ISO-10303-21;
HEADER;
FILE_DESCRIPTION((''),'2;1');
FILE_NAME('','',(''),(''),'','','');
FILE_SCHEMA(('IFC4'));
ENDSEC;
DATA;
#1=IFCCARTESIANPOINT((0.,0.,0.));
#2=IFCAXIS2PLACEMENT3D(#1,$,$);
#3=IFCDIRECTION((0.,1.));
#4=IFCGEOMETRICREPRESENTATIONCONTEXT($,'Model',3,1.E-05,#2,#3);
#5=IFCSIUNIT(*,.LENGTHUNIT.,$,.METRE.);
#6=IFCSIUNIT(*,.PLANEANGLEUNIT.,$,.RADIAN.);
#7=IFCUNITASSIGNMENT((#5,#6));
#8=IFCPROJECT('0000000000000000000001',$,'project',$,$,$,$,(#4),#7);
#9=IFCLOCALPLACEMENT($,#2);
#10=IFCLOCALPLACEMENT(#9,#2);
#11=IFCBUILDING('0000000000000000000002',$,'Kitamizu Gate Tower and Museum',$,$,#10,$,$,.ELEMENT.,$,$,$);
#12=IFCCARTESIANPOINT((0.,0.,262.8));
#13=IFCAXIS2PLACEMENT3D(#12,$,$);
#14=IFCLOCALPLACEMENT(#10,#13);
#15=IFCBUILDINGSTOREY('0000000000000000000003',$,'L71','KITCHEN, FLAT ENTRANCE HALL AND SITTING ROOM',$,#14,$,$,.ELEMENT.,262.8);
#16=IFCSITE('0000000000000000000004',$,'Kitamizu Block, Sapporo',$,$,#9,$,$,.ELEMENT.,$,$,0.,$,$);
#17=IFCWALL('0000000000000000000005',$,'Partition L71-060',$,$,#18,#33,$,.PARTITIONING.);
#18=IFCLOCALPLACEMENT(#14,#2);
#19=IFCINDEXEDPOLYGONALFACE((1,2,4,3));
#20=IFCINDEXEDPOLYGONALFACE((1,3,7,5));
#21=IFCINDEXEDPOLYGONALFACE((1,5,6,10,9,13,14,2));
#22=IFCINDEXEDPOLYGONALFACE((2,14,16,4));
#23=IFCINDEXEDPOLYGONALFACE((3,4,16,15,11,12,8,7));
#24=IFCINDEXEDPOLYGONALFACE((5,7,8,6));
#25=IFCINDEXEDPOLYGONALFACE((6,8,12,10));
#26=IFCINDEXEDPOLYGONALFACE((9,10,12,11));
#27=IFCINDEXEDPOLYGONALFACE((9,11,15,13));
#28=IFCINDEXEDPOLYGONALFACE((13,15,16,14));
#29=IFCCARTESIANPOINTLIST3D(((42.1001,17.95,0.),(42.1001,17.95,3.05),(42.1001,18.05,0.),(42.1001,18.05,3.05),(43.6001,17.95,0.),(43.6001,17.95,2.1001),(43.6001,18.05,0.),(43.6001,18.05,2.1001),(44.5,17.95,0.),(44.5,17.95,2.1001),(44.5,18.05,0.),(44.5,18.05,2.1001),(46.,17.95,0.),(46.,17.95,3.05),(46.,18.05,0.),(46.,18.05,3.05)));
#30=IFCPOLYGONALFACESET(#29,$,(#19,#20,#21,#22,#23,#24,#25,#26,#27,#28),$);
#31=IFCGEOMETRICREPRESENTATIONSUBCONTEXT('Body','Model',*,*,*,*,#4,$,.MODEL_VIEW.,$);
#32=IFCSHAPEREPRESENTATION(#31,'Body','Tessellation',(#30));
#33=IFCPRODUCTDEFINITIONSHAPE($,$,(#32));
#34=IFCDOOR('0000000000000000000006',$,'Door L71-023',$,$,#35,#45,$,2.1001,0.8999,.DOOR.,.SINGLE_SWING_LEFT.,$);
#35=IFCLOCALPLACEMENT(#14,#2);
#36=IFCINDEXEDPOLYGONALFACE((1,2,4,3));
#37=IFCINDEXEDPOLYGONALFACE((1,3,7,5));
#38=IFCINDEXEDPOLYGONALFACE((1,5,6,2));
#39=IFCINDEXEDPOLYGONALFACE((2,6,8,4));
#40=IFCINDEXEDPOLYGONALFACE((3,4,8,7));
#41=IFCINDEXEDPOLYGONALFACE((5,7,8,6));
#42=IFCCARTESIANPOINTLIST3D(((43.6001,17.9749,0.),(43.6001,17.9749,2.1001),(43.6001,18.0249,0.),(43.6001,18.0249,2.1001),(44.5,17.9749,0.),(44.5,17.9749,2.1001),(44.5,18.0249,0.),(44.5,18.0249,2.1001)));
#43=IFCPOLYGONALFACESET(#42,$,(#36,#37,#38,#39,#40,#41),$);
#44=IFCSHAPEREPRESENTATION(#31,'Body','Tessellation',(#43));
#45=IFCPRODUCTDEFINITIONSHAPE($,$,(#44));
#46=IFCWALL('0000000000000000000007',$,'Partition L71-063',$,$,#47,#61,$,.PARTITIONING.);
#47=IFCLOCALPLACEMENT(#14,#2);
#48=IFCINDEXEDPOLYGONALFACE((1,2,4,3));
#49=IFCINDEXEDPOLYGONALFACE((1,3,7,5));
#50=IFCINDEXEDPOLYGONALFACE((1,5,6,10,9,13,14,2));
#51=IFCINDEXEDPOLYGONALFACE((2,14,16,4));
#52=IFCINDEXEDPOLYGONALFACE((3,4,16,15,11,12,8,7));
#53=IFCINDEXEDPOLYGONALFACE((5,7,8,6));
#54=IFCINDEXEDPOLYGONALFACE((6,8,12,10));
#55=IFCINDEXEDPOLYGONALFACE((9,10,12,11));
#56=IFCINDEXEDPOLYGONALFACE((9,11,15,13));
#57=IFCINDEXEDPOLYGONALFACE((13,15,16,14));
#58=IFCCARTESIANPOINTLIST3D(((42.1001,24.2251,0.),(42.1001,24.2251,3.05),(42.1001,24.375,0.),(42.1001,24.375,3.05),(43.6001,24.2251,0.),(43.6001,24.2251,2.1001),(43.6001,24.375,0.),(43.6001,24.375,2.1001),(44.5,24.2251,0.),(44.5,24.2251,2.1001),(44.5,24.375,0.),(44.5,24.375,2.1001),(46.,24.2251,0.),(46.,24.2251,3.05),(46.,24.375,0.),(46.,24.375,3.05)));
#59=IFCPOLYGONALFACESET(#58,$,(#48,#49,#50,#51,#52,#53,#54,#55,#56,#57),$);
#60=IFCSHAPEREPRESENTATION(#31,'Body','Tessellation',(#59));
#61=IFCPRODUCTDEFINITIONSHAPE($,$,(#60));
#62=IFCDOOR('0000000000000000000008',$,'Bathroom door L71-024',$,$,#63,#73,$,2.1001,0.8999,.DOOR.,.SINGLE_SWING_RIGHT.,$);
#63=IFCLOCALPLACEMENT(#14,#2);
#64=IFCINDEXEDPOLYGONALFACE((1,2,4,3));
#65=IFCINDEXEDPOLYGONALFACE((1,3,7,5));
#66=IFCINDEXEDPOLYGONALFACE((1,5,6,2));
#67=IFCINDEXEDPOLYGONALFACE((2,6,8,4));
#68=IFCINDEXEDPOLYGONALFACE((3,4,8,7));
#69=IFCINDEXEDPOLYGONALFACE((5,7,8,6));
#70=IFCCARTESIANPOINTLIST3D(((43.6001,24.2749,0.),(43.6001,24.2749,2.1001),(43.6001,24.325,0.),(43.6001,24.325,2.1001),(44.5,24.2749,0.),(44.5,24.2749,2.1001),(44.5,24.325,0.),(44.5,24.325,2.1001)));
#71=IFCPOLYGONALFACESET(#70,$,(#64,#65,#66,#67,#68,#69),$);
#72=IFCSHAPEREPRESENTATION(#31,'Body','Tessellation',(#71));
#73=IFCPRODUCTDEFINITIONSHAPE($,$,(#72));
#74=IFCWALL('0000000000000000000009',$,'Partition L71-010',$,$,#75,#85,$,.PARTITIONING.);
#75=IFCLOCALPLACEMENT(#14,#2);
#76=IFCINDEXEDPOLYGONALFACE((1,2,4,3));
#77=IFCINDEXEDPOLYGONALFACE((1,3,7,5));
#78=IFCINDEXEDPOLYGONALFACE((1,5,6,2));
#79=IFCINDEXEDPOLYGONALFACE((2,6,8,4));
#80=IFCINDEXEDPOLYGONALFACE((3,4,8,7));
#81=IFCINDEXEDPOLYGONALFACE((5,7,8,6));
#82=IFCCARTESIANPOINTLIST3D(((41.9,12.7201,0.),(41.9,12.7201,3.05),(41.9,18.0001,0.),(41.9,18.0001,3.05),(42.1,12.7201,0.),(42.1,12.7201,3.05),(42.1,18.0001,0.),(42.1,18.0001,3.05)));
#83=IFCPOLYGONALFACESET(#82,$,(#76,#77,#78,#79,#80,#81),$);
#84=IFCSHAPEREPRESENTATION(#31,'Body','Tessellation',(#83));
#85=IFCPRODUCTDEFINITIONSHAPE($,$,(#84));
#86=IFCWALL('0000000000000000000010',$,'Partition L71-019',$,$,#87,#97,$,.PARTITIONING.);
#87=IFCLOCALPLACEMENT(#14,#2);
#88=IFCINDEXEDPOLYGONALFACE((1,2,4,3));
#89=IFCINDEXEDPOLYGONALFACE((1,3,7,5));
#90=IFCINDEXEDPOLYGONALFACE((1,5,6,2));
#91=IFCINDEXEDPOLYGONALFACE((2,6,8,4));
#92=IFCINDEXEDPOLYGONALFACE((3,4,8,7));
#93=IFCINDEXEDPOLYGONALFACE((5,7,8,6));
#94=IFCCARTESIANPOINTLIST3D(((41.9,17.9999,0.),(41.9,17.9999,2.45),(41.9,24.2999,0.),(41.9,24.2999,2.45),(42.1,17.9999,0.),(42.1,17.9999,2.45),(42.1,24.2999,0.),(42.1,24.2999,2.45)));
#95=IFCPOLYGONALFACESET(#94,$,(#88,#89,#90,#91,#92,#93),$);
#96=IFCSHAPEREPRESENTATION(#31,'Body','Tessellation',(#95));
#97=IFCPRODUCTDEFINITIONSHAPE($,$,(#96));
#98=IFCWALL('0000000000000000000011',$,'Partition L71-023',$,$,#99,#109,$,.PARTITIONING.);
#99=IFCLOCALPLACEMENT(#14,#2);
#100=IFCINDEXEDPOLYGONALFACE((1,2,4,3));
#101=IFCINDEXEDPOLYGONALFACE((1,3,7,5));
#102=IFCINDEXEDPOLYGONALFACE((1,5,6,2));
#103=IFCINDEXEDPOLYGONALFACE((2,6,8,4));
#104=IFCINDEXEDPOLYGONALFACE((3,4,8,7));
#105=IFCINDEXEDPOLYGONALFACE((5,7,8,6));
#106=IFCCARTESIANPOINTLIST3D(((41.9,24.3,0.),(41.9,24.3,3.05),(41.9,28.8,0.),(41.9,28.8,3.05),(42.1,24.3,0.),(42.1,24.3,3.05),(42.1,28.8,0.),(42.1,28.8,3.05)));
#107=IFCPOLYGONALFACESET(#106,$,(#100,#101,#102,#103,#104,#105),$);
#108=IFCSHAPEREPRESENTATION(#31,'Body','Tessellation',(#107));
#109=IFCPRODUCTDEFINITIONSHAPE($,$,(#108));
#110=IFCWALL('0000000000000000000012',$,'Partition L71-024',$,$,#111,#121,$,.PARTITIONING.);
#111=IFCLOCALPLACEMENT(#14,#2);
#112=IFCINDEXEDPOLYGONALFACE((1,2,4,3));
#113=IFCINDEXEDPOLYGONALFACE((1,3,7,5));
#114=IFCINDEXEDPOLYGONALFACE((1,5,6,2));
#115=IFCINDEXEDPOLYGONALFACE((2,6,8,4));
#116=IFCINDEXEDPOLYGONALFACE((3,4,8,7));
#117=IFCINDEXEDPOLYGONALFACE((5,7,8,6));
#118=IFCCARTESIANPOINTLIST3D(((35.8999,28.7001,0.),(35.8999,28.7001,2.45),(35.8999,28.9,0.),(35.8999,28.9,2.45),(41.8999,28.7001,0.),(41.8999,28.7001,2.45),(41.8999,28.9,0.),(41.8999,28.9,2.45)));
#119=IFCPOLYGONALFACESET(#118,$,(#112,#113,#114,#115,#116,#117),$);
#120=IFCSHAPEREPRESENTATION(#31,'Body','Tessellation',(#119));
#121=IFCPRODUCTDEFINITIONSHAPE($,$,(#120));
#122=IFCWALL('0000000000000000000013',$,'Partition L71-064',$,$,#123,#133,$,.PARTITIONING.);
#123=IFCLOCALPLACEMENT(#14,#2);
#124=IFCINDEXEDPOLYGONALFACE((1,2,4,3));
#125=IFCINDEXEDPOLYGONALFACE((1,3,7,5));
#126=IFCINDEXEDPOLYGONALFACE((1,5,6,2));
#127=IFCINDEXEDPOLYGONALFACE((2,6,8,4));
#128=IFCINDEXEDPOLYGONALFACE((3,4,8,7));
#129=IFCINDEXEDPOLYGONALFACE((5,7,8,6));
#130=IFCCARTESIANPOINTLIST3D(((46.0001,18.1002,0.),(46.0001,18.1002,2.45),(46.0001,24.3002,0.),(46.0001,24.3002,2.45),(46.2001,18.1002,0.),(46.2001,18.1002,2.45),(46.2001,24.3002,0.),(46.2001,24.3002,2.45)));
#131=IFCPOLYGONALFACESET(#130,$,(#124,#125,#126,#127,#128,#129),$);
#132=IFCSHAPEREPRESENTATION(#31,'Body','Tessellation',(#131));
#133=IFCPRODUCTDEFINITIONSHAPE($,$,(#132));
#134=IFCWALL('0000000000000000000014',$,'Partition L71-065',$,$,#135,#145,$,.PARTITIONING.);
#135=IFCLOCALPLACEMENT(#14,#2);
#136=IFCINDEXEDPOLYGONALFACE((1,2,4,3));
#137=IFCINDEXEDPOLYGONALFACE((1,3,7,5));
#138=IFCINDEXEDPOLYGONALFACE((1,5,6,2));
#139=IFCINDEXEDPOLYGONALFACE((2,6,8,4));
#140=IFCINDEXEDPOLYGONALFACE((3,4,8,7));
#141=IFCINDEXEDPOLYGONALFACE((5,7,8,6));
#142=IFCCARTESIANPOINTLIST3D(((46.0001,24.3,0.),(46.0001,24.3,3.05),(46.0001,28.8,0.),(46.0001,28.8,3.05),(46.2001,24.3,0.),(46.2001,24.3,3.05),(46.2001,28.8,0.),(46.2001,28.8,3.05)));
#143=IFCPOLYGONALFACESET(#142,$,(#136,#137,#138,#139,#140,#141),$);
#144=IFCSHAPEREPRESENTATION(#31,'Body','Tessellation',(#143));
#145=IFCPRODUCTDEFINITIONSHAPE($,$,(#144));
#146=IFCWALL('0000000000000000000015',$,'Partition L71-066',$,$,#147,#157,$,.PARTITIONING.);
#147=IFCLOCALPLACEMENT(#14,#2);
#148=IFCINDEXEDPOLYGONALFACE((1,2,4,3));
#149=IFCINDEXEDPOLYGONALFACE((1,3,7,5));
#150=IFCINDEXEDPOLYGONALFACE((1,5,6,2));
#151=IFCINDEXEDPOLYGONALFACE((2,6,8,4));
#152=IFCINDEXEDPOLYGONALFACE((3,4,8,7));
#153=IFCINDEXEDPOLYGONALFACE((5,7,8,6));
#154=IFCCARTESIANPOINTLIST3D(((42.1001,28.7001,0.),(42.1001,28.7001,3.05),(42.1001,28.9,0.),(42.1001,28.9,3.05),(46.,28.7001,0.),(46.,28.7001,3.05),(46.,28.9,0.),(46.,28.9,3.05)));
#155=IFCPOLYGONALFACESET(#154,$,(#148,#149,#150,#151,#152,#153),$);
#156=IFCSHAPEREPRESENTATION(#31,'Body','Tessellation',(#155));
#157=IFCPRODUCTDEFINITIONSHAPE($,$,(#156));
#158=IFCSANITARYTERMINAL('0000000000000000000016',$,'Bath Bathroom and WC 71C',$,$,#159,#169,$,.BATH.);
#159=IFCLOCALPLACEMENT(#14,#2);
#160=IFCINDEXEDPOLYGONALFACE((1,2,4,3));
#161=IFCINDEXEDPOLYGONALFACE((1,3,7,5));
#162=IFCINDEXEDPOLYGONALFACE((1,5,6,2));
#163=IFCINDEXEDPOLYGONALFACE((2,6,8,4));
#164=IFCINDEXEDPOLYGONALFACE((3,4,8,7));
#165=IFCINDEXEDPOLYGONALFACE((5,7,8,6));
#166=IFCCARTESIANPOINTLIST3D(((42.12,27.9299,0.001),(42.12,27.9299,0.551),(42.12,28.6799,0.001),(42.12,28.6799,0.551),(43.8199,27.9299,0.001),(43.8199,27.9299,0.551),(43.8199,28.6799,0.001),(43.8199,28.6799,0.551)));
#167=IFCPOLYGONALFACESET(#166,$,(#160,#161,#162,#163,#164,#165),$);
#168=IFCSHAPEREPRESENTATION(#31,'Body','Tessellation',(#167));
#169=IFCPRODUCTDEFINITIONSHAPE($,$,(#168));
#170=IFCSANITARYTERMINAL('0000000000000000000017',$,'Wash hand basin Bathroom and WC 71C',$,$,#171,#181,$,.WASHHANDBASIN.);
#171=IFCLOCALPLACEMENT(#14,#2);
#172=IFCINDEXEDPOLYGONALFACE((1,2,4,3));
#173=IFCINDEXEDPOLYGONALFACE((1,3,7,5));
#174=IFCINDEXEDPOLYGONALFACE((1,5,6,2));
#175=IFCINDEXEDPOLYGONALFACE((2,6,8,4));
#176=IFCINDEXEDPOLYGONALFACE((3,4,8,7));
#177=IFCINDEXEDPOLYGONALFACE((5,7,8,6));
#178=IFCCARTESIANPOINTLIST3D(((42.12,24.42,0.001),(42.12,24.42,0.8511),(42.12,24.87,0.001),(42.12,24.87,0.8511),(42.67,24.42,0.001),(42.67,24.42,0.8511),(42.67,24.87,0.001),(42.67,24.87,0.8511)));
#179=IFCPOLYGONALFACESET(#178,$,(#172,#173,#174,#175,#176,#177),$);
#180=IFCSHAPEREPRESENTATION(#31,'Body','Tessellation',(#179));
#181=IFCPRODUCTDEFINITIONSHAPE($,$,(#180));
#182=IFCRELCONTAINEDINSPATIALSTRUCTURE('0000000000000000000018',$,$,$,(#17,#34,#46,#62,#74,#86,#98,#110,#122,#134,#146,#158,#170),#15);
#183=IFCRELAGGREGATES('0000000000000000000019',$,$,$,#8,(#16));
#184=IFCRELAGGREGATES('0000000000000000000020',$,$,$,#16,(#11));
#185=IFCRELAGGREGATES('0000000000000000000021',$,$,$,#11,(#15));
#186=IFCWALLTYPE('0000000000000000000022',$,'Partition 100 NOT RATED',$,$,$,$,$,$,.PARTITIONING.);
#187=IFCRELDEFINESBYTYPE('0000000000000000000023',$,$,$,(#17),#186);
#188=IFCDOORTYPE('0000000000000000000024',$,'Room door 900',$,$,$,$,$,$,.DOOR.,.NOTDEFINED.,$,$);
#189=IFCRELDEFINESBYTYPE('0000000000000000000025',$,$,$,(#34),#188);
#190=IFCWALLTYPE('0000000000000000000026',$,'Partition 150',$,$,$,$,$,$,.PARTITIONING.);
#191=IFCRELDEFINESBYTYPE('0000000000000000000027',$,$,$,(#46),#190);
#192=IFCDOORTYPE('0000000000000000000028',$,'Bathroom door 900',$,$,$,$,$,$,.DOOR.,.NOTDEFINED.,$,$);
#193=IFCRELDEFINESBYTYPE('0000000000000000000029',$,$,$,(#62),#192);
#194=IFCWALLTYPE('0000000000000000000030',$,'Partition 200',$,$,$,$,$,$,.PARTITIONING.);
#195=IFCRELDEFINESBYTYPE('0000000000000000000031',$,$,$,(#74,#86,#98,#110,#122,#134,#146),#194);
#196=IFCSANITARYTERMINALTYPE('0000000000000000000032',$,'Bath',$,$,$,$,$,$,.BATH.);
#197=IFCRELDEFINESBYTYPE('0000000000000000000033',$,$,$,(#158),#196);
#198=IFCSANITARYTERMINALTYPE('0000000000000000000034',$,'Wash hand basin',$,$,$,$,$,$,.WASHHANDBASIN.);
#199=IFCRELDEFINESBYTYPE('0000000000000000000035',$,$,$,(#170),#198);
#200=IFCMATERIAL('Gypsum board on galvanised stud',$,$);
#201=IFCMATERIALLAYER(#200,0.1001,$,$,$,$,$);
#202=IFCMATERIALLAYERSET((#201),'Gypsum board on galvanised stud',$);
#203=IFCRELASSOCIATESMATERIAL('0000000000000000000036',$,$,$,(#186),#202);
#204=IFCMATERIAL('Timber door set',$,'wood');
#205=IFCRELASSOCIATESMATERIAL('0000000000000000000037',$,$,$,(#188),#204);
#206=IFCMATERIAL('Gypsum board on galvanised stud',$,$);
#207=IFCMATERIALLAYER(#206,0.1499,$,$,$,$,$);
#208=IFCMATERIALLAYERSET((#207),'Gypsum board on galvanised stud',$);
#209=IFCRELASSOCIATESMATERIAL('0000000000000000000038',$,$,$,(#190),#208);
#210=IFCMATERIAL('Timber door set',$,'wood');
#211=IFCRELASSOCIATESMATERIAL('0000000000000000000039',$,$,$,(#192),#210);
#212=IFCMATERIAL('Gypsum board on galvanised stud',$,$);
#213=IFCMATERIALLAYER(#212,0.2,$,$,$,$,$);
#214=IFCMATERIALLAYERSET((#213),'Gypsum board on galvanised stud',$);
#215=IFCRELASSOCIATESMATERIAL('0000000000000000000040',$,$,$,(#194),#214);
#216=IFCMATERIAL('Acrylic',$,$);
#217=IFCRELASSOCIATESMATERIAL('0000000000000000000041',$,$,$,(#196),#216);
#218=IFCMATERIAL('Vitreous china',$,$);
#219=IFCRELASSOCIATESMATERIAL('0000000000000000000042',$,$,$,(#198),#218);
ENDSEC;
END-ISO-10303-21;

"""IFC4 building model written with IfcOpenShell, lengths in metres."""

from ifc_helpers import new_model, si_unit, direction, frame, frame_2d, origin, origin_2d, place, context, subcontext, project, spatial, rectangle, extrude, material, layer, layer_set, type_object, element, fill, save


model = new_model("IFC4")

# Units and contexts
model_context = context("Model", 3, precision=1e-05, world=origin(), true_north=direction((0.0, 1.0)))
body_context = subcontext(model_context, "Body", "Model", "MODEL_VIEW")
ifc_project = project(units=[si_unit("LENGTHUNIT", "METRE"), si_unit("PLANEANGLEUNIT", "RADIAN")], contexts=[model_context])

# Site, building, storey
site_placement = place(None, origin())
site = spatial("IfcSite", under=ifc_project, at=site_placement, Name="Kitamizu Block, Sapporo", CompositionType="ELEMENT", RefElevation=0.0)
building_placement = place(site_placement, origin())
building = spatial("IfcBuilding", under=site, at=building_placement, Name="Kitamizu Gate Tower and Museum", CompositionType="ELEMENT")
storey_placement = place(building_placement, frame((0.0, 0.0, 262.8)))
storey = spatial("IfcBuildingStorey", under=building, at=storey_placement, Name="L71", Description="KITCHEN, FLAT ENTRANCE HALL AND SITTING ROOM", CompositionType="ELEMENT", Elevation=262.8)

# Shared definitions
ifc_material_1 = material(Name="Gypsum board on galvanised stud")
ifc_layer_1 = layer(ifc_material_1, 0.1001)
ifc_layer_set_1 = layer_set([ifc_layer_1], Name="Gypsum board on galvanised stud")
wall_type_1 = type_object("IfcWallType", Name="Partition 100 NOT RATED", PredefinedType="PARTITIONING", material=ifc_layer_set_1)
ifc_material_2 = material(Name="Timber door set", Category="wood")
door_type_1 = type_object("IfcDoorType", Name="Room door 900", OperationType="NOTDEFINED", PredefinedType="DOOR", material=ifc_material_2)

# Walls, openings, doors
wall_1_placement = place(storey_placement, frame((46.0, 18.0, 0.0), z_axis=(0.0, 0.0, 1.0), x_axis=(-1.0, 0.0, 0.0)))
wall_1 = element("IfcWall", 1, at=wall_1_placement, inside=storey, type_object=wall_type_1, Name="Partition L71-060", PredefinedType="PARTITIONING", context=body_context, shape_type="SweptSolid", body=[
    extrude(rectangle(XDim=3.8999, YDim=0.1001, at=frame_2d((1.95, 0.0))), origin(), (0.0, 0.0, 1.0), 3.05),
])
opening_1_placement = place(wall_1_placement, frame((1.5, 0.0, 0.0)))
opening_1 = element("IfcOpeningElement", 2, at=opening_1_placement, cuts=wall_1, PredefinedType="OPENING", context=body_context, shape_type="SweptSolid", body=[
    extrude(rectangle(XDim=0.8999, YDim=2.1001, at=frame_2d((0.45, 1.05))), frame((0.0, 0.0601, 0.0), z_axis=(0.0, -1.0, 0.0), x_axis=(1.0, 0.0, 0.0)), (0.0, 0.0, 1.0), 0.1201),
])
door_1_placement = place(opening_1_placement, frame((0.8999, 0.0, 0.0), x_axis=(-1.0, 0.0, 0.0)))
door_1 = element("IfcDoor", 3, at=door_1_placement, inside=storey, type_object=door_type_1, Name="Door L71-023", OperationType="SINGLE_SWING_LEFT", OverallHeight=2.1001, OverallWidth=0.8999, PredefinedType="DOOR", context=body_context, shape_type="SweptSolid", body=[
    extrude(rectangle(XDim=0.8999, YDim=2.1001, at=frame_2d((0.45, 1.05))), frame((0.0, 0.0249, 0.0), z_axis=(0.0, -1.0, 0.0), x_axis=(1.0, 0.0, 0.0)), (0.0, 0.0, 1.0), 0.05),
])
fill(opening_1, door_1)
ifc_material_3 = material(Name="Gypsum board on galvanised stud")
ifc_layer_2 = layer(ifc_material_3, 0.1499)
ifc_layer_set_2 = layer_set([ifc_layer_2], Name="Gypsum board on galvanised stud")
wall_type_2 = type_object("IfcWallType", Name="Partition 150", PredefinedType="PARTITIONING", material=ifc_layer_set_2)
wall_2_placement = place(storey_placement, frame((46.0, 24.3, 0.0), z_axis=(0.0, 0.0, 1.0), x_axis=(-1.0, 0.0, 0.0)))
wall_2 = element("IfcWall", 4, at=wall_2_placement, inside=storey, type_object=wall_type_2, Name="Partition L71-063", PredefinedType="PARTITIONING", context=body_context, shape_type="SweptSolid", body=[
    extrude(rectangle(XDim=3.8999, YDim=0.1499, at=frame_2d((1.95, 0.0))), origin(), (0.0, 0.0, 1.0), 3.05),
])
opening_2_placement = place(wall_2_placement, frame((1.5, 0.0, 0.0)))
opening_2 = element("IfcOpeningElement", 5, at=opening_2_placement, cuts=wall_2, PredefinedType="OPENING", context=body_context, shape_type="SweptSolid", body=[
    extrude(rectangle(XDim=0.8999, YDim=2.1001, at=frame_2d((0.45, 1.05))), frame((0.0, 0.085, 0.0), z_axis=(0.0, -1.0, 0.0), x_axis=(1.0, 0.0, 0.0)), (0.0, 0.0, 1.0), 0.1699),
])
ifc_material_4 = material(Name="Timber door set", Category="wood")
door_type_2 = type_object("IfcDoorType", Name="Bathroom door 900", OperationType="NOTDEFINED", PredefinedType="DOOR", material=ifc_material_4)
door_2_placement = place(opening_2_placement, frame((0.8999, 0.0, 0.0), x_axis=(-1.0, 0.0, 0.0)))
door_2 = element("IfcDoor", 6, at=door_2_placement, inside=storey, type_object=door_type_2, Name="Bathroom door L71-024", OperationType="SINGLE_SWING_RIGHT", OverallHeight=2.1001, OverallWidth=0.8999, PredefinedType="DOOR", context=body_context, shape_type="SweptSolid", body=[
    extrude(rectangle(XDim=0.8999, YDim=2.1001, at=frame_2d((0.45, 1.05))), frame((0.0, 0.0249, 0.0), z_axis=(0.0, -1.0, 0.0), x_axis=(1.0, 0.0, 0.0)), (0.0, 0.0, 1.0), 0.05),
])
fill(opening_2, door_2)

# Walls
ifc_material_5 = material(Name="Gypsum board on galvanised stud")
ifc_layer_3 = layer(ifc_material_5, 0.2)
ifc_layer_set_3 = layer_set([ifc_layer_3], Name="Gypsum board on galvanised stud")
wall_type_3 = type_object("IfcWallType", Name="Partition 200", PredefinedType="PARTITIONING", material=ifc_layer_set_3)
wall_3_placement = place(storey_placement, frame((42.0, 12.72, 0.0), z_axis=(0.0, 0.0, 1.0), x_axis=(0.0, 1.0, 0.0)))
element("IfcWall", 7, at=wall_3_placement, inside=storey, type_object=wall_type_3, Name="Partition L71-010", PredefinedType="PARTITIONING", context=body_context, shape_type="SweptSolid", body=[
    extrude(rectangle(XDim=5.28, YDim=0.2, at=frame_2d((2.6401, 0.0))), origin(), (0.0, 0.0, 1.0), 3.05),
])
wall_4_placement = place(storey_placement, frame((42.0, 18.0, 0.0), z_axis=(0.0, 0.0, 1.0), x_axis=(0.0, 1.0, 0.0)))
element("IfcWall", 8, at=wall_4_placement, inside=storey, type_object=wall_type_3, Name="Partition L71-019", PredefinedType="PARTITIONING", context=body_context, shape_type="SweptSolid", body=[
    extrude(rectangle(XDim=6.3, YDim=0.2, at=frame_2d((3.1499, 0.0))), origin(), (0.0, 0.0, 1.0), 2.45),
])
wall_5_placement = place(storey_placement, frame((42.0, 24.3, 0.0), z_axis=(0.0, 0.0, 1.0), x_axis=(0.0, 1.0, 0.0)))
element("IfcWall", 9, at=wall_5_placement, inside=storey, type_object=wall_type_3, Name="Partition L71-023", PredefinedType="PARTITIONING", context=body_context, shape_type="SweptSolid", body=[
    extrude(rectangle(XDim=4.5, YDim=0.2, at=frame_2d((2.25, 0.0))), origin(), (0.0, 0.0, 1.0), 3.05),
])
wall_6_placement = place(storey_placement, frame((41.8999, 28.8, 0.0), z_axis=(0.0, 0.0, 1.0), x_axis=(-1.0, 0.0, 0.0)))
element("IfcWall", 10, at=wall_6_placement, inside=storey, type_object=wall_type_3, Name="Partition L71-024", PredefinedType="PARTITIONING", context=body_context, shape_type="SweptSolid", body=[
    extrude(rectangle(XDim=6.0, YDim=0.2, at=frame_2d((3.0, 0.0))), origin(), (0.0, 0.0, 1.0), 2.45),
])
wall_7_placement = place(storey_placement, frame((46.1001, 18.1001, 0.0), z_axis=(0.0, 0.0, 1.0), x_axis=(0.0, 1.0, 0.0)))
element("IfcWall", 11, at=wall_7_placement, inside=storey, type_object=wall_type_3, Name="Partition L71-064", PredefinedType="PARTITIONING", context=body_context, shape_type="SweptSolid", body=[
    extrude(rectangle(XDim=6.2, YDim=0.2, at=frame_2d((3.1001, 0.0))), origin(), (0.0, 0.0, 1.0), 2.45),
])
wall_8_placement = place(storey_placement, frame((46.1001, 24.3, 0.0), z_axis=(0.0, 0.0, 1.0), x_axis=(0.0, 1.0, 0.0)))
element("IfcWall", 12, at=wall_8_placement, inside=storey, type_object=wall_type_3, Name="Partition L71-065", PredefinedType="PARTITIONING", context=body_context, shape_type="SweptSolid", body=[
    extrude(rectangle(XDim=4.5, YDim=0.2, at=frame_2d((2.25, 0.0))), origin(), (0.0, 0.0, 1.0), 3.05),
])
wall_9_placement = place(storey_placement, frame((46.0, 28.8, 0.0), z_axis=(0.0, 0.0, 1.0), x_axis=(-1.0, 0.0, 0.0)))
element("IfcWall", 13, at=wall_9_placement, inside=storey, type_object=wall_type_3, Name="Partition L71-066", PredefinedType="PARTITIONING", context=body_context, shape_type="SweptSolid", body=[
    extrude(rectangle(XDim=3.8999, YDim=0.2, at=frame_2d((1.95, 0.0))), origin(), (0.0, 0.0, 1.0), 3.05),
])

# Sanitary terminals
ifc_material_6 = material(Name="Acrylic")
sanitary_terminal_type_1 = type_object("IfcSanitaryTerminalType", Name="Bath", PredefinedType="BATH", material=ifc_material_6)
sanitary_terminal_1_placement = place(storey_placement, frame((42.97, 28.3049, 0.001), z_axis=(0.0, 0.0, 1.0), x_axis=(1.0, 0.0, 0.0)))
element("IfcSanitaryTerminal", 14, at=sanitary_terminal_1_placement, inside=storey, type_object=sanitary_terminal_type_1, Name="Bath Bathroom and WC 71C", PredefinedType="BATH", context=body_context, shape_type="SweptSolid", body=[
    extrude(rectangle(XDim=1.7, YDim=0.75, at=origin_2d()), origin(), (0.0, 0.0, 1.0), 0.55),
])
ifc_material_7 = material(Name="Vitreous china")
sanitary_terminal_type_2 = type_object("IfcSanitaryTerminalType", Name="Wash hand basin", PredefinedType="WASHHANDBASIN", material=ifc_material_7)
sanitary_terminal_2_placement = place(storey_placement, frame((42.395, 24.645, 0.001), z_axis=(0.0, 0.0, 1.0), x_axis=(1.0, 0.0, 0.0)))
element("IfcSanitaryTerminal", 15, at=sanitary_terminal_2_placement, inside=storey, type_object=sanitary_terminal_type_2, Name="Wash hand basin Bathroom and WC 71C", PredefinedType="WASHHANDBASIN", context=body_context, shape_type="SweptSolid", body=[
    extrude(rectangle(XDim=0.55, YDim=0.45, at=origin_2d()), origin(), (0.0, 0.0, 1.0), 0.8501),
])

save(model, "model.ifc")
